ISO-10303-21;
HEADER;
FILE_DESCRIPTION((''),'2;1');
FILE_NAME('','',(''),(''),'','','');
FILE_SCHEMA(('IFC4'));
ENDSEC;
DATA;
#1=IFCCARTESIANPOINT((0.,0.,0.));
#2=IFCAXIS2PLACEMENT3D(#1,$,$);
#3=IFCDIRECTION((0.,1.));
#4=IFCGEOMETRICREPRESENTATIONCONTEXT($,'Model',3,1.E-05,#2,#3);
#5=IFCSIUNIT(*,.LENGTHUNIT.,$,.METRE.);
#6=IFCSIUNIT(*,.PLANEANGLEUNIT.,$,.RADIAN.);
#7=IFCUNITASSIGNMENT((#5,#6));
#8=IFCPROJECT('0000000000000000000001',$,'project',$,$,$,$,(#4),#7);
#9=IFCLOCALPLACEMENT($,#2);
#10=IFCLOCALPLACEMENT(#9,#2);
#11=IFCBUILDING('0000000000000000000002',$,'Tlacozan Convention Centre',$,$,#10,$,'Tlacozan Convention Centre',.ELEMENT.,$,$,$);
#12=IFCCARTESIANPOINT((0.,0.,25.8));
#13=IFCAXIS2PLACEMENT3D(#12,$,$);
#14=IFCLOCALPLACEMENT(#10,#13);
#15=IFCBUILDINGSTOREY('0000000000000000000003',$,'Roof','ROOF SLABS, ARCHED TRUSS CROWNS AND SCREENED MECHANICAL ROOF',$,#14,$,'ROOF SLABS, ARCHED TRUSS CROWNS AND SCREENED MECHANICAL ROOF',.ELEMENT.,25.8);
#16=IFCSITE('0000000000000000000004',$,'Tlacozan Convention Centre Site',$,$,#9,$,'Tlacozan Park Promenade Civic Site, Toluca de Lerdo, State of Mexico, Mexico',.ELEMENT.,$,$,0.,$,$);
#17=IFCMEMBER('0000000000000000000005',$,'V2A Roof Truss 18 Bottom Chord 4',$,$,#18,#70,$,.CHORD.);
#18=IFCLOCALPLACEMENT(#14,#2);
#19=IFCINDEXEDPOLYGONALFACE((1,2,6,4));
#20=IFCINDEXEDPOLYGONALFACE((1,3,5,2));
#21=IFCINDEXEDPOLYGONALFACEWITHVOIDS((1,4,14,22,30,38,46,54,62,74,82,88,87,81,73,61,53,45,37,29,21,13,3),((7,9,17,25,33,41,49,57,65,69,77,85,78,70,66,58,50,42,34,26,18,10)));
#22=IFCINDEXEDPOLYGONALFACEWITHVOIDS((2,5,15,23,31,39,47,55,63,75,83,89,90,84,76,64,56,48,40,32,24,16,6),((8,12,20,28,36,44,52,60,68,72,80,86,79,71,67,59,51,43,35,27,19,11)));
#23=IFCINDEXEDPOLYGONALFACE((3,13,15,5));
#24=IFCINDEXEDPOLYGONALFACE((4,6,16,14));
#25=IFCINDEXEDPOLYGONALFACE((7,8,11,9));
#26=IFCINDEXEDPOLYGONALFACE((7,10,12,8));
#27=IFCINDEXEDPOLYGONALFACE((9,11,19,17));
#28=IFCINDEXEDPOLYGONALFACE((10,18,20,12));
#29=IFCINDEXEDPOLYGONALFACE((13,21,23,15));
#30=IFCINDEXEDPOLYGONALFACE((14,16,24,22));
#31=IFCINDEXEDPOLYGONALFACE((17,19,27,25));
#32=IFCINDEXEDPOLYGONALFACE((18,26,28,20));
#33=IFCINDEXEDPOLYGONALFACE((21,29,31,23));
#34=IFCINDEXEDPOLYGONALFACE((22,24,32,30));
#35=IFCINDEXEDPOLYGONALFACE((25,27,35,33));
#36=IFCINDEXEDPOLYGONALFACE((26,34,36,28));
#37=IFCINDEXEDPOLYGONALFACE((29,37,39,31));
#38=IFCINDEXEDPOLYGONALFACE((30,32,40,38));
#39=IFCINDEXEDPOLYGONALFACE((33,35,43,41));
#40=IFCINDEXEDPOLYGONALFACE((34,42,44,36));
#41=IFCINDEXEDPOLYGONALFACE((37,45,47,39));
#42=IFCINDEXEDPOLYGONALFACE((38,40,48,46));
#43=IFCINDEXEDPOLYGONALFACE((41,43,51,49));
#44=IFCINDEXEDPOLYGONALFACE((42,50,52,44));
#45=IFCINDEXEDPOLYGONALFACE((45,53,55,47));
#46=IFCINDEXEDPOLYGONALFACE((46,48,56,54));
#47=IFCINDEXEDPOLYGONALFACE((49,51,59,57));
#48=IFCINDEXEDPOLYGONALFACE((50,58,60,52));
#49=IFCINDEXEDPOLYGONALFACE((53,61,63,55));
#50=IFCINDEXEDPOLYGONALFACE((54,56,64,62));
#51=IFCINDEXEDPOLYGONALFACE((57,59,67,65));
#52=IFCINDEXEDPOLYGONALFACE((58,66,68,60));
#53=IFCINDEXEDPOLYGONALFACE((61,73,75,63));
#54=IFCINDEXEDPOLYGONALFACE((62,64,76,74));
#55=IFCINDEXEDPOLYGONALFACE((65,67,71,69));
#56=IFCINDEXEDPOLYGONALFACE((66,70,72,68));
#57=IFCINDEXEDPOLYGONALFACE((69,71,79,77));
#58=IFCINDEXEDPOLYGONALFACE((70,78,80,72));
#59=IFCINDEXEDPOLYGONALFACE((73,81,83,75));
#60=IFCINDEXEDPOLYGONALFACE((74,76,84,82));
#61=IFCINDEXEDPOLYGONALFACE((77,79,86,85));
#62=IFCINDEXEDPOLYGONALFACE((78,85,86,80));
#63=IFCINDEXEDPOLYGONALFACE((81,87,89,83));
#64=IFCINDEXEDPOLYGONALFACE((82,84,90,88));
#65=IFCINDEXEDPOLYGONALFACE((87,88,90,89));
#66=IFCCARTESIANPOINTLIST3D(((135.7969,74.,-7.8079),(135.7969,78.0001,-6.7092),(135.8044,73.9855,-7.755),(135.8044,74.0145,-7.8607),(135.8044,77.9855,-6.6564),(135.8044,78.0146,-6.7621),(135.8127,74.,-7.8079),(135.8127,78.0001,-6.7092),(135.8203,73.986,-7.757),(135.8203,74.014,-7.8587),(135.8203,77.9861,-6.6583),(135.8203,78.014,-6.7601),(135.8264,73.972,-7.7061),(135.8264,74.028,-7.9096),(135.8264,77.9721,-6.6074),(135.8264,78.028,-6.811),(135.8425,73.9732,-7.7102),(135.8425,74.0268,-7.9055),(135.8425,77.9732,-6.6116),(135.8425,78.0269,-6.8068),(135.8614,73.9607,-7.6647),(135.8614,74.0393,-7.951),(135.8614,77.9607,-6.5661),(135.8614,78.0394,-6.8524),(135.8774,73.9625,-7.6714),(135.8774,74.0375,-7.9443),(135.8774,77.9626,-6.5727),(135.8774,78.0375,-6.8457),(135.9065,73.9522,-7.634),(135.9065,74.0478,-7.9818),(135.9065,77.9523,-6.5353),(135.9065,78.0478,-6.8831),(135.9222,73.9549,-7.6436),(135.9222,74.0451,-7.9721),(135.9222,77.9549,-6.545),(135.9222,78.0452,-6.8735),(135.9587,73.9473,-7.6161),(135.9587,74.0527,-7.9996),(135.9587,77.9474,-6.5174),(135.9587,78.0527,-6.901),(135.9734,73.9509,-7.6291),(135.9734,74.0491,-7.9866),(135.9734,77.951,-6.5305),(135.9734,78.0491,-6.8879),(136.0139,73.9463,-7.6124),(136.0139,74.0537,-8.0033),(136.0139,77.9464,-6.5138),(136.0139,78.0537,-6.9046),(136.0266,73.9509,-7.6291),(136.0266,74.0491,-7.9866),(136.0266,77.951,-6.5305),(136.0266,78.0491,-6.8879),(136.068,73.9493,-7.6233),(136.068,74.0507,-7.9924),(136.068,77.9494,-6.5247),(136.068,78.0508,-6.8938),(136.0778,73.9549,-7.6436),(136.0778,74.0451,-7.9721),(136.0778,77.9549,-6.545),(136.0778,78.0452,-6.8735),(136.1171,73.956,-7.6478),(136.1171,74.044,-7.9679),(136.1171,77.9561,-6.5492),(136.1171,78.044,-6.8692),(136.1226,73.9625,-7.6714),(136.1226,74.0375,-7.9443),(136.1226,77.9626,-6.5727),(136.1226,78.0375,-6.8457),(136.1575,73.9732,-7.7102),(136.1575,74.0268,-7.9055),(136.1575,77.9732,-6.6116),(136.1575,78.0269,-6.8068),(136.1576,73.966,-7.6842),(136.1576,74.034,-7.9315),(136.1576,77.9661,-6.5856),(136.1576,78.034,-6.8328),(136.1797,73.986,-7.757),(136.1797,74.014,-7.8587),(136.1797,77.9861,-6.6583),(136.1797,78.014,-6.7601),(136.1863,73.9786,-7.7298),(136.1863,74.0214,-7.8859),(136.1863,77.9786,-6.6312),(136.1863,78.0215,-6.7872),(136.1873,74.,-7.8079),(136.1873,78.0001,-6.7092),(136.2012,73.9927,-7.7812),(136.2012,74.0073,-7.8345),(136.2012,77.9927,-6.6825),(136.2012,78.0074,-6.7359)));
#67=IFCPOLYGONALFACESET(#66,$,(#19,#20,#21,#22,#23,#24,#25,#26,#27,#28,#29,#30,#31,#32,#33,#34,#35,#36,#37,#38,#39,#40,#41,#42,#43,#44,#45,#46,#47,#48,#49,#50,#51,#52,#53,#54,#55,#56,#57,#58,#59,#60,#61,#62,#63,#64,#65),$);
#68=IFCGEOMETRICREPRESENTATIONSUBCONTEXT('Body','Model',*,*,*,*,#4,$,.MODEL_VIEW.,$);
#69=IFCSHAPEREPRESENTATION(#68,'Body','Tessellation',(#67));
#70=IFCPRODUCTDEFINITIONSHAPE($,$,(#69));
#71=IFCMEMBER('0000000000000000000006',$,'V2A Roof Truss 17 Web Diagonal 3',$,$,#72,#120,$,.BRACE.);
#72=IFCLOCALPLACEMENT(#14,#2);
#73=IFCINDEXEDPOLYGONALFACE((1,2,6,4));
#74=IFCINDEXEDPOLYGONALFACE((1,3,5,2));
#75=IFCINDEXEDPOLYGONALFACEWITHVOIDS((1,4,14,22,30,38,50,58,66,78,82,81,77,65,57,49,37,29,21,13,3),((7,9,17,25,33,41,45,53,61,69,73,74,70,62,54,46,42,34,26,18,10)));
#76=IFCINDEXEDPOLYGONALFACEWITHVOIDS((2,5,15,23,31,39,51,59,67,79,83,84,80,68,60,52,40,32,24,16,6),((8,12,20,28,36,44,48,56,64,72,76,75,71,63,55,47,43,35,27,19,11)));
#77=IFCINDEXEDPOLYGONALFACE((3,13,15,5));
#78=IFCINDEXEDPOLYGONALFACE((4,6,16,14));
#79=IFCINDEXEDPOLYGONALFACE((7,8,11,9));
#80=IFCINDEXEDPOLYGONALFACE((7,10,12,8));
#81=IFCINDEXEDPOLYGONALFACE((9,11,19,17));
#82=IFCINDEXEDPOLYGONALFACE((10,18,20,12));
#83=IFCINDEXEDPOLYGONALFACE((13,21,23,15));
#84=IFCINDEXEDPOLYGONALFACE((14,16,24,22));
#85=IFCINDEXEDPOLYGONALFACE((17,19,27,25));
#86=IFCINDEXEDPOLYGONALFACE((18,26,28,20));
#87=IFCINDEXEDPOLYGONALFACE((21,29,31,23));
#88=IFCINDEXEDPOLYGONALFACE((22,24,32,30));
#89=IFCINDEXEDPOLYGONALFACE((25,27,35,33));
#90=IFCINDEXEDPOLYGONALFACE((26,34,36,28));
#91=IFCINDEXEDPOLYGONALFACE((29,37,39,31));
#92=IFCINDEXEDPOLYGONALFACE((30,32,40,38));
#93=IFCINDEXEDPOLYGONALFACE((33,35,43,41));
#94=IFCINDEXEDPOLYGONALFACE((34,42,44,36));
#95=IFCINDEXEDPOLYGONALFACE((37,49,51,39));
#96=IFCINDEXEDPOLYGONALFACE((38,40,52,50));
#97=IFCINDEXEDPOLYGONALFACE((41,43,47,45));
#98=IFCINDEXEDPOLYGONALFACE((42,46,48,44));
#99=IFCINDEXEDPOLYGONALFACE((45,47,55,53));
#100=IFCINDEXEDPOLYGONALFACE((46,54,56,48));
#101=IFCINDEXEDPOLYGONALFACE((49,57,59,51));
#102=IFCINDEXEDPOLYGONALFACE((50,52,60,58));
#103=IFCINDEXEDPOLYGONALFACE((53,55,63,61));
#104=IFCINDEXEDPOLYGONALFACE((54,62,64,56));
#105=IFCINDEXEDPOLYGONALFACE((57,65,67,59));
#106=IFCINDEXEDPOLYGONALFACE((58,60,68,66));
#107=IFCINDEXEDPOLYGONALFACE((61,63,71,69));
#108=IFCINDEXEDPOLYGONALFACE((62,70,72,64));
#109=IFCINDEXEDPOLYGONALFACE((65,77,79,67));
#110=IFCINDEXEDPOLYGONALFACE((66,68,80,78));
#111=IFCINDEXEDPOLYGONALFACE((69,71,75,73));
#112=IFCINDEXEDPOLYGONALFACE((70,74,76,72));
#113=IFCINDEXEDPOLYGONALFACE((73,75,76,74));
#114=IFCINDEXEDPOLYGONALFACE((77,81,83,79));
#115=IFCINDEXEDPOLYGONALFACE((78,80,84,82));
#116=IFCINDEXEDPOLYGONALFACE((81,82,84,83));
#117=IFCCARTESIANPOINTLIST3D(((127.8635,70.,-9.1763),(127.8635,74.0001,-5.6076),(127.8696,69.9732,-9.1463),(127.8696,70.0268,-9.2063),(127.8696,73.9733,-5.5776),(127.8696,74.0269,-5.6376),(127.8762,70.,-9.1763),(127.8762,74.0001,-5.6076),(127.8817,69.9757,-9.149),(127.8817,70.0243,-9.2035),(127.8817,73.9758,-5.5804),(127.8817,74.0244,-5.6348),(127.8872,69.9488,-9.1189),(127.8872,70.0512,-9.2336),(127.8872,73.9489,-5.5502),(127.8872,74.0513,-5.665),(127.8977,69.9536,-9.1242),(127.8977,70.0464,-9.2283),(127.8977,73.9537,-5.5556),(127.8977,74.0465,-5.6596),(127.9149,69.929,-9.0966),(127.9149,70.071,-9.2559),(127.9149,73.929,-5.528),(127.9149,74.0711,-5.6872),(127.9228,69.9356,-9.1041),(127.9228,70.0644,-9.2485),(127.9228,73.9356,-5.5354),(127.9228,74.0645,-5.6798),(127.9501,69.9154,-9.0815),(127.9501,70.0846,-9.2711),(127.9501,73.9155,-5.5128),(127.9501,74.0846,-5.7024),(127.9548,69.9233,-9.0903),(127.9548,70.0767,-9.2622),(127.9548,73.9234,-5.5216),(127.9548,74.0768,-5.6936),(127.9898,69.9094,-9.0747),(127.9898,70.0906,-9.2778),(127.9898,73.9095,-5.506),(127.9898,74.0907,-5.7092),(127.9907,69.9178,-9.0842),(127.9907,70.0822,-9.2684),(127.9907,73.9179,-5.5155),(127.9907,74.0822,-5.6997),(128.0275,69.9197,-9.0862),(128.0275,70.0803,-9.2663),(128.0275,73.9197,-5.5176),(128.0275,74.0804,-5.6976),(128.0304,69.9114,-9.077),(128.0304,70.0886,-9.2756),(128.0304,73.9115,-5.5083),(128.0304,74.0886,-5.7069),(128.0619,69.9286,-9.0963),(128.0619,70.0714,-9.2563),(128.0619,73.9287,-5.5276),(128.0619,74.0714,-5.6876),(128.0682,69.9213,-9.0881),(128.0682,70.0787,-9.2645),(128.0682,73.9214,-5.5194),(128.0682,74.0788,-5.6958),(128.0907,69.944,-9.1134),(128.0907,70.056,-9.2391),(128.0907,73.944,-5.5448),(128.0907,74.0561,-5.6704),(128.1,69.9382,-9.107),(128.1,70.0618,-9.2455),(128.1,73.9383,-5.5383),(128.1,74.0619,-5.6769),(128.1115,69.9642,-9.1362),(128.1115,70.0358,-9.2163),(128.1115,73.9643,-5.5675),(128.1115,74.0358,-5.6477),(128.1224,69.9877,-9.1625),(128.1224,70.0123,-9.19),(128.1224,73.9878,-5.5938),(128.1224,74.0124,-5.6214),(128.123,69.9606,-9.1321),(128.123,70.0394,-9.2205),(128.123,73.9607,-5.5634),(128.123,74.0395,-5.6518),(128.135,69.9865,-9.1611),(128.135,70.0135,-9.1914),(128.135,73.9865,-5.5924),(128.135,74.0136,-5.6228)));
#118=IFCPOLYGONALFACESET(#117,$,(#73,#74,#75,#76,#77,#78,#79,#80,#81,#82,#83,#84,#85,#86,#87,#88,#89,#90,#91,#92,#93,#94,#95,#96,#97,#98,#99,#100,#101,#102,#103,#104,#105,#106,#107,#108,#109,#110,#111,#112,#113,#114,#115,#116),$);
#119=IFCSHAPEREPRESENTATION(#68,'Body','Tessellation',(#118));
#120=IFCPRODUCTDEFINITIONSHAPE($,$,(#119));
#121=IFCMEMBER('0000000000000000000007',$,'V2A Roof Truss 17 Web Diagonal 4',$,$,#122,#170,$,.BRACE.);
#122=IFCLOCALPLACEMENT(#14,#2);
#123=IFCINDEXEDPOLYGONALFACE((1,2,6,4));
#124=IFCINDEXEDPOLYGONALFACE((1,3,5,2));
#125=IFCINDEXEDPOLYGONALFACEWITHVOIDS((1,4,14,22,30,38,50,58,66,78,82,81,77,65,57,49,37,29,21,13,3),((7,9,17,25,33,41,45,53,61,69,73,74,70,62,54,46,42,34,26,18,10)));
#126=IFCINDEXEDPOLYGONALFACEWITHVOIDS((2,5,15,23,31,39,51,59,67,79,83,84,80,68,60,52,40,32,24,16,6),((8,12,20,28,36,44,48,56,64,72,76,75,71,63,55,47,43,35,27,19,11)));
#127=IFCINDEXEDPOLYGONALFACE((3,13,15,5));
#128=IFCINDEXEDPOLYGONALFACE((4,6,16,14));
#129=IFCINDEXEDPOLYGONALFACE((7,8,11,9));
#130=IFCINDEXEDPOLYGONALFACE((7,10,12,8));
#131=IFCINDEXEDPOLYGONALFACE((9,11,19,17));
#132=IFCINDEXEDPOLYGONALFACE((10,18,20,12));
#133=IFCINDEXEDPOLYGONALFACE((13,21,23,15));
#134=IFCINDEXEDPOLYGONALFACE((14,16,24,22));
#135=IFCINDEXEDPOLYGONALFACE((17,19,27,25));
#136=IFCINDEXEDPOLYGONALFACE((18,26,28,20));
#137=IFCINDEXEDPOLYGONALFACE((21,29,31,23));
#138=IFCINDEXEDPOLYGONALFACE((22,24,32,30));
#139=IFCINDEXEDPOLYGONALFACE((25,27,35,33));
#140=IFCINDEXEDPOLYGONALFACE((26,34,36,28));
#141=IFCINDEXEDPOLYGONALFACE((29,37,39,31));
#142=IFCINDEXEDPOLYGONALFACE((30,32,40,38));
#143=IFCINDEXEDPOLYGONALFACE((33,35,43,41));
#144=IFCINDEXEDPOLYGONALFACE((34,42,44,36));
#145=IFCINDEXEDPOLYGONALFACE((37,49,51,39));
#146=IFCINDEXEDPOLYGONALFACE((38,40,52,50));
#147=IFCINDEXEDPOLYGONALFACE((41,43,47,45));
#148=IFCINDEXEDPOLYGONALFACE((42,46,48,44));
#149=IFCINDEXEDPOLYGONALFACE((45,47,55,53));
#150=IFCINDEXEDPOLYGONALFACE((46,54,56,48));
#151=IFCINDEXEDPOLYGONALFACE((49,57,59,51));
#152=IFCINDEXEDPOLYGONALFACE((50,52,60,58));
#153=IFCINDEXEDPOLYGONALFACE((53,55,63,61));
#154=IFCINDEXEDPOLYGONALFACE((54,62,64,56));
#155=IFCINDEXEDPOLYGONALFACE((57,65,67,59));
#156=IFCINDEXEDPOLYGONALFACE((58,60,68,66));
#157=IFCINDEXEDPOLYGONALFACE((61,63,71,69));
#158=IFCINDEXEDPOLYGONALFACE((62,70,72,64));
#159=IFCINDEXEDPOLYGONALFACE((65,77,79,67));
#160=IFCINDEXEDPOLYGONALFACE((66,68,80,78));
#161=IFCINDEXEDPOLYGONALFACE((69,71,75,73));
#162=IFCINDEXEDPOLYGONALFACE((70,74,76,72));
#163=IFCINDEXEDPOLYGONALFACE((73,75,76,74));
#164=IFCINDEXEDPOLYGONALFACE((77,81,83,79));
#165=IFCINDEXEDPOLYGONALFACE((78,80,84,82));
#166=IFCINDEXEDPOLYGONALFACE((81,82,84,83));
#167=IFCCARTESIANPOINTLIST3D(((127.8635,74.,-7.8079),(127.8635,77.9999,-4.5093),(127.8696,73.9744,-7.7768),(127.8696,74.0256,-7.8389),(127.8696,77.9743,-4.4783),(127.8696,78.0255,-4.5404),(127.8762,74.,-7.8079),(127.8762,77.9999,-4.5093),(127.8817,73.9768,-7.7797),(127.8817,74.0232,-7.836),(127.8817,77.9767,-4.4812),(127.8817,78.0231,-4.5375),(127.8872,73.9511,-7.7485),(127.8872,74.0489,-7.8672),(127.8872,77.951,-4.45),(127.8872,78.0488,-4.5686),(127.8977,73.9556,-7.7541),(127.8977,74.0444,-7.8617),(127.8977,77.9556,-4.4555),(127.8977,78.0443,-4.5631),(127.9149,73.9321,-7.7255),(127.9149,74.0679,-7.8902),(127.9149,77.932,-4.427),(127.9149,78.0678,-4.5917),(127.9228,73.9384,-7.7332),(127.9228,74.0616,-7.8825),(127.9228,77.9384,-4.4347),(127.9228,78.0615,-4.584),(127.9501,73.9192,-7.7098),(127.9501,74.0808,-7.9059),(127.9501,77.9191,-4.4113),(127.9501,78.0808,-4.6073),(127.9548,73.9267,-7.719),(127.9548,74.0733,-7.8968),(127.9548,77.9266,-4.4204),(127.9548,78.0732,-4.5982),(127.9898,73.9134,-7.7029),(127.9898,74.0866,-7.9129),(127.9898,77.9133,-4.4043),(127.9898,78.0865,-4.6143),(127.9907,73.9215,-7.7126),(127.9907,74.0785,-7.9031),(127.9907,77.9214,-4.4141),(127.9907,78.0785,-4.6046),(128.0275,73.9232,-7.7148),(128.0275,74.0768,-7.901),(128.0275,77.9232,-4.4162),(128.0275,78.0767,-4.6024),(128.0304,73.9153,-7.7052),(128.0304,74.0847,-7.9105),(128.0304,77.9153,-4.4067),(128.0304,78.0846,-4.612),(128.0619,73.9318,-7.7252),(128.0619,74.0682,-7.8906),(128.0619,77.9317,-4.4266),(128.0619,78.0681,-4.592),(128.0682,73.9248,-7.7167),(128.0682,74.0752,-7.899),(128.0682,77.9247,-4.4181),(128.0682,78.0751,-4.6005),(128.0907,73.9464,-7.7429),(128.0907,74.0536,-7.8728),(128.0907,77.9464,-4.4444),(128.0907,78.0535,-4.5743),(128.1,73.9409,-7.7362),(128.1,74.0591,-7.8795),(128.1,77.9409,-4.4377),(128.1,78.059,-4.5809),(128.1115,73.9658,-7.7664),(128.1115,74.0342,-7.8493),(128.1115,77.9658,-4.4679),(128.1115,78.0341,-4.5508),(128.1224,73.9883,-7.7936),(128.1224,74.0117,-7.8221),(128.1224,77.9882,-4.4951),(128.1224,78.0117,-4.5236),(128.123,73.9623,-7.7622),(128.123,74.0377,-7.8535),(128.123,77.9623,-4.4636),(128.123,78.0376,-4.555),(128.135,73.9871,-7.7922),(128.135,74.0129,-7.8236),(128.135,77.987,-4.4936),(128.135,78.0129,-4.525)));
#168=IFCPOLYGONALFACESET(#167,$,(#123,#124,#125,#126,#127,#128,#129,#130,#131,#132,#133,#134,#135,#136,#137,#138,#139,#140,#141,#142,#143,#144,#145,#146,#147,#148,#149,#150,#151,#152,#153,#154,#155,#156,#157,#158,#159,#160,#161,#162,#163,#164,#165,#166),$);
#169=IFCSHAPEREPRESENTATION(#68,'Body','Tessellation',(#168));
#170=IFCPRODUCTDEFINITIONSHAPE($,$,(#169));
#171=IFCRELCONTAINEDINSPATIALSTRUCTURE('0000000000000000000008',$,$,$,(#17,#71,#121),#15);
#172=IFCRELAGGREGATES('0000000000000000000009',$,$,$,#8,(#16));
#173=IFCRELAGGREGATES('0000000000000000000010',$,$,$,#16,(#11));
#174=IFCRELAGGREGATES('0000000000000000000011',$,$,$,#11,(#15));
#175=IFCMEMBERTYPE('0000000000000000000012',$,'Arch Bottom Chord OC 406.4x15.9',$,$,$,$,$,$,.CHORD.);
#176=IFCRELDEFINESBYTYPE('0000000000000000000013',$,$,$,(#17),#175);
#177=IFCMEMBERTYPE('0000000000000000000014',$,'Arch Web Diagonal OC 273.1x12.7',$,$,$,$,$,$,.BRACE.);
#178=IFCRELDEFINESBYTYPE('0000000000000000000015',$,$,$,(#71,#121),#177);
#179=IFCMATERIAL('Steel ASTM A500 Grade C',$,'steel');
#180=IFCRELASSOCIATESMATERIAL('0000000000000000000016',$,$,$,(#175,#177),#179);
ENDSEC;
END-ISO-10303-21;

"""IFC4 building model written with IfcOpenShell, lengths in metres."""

from ifc_helpers import new_model, si_unit, direction, frame, origin, origin_2d, place, context, subcontext, project, spatial, hollow_circle, extrude, material, material_profile, profile_set, type_object, element, save


model = new_model("IFC4")

# Units and contexts
model_context = context("Model", 3, precision=1e-05, world=origin(), true_north=direction((0.0, 1.0)))
body_context = subcontext(model_context, "Body", "Model", "MODEL_VIEW")
ifc_project = project(units=[si_unit("LENGTHUNIT", "METRE"), si_unit("PLANEANGLEUNIT", "RADIAN")], contexts=[model_context])

# Site, building, storey
site_placement = place(None, origin())
site = spatial("IfcSite", under=ifc_project, at=site_placement, Name="Tlacozan Convention Centre Site", LongName="Tlacozan Park Promenade Civic Site, Toluca de Lerdo, State of Mexico, Mexico", CompositionType="ELEMENT", RefElevation=0.0)
building_placement = place(site_placement, origin())
building = spatial("IfcBuilding", under=site, at=building_placement, Name="Tlacozan Convention Centre", LongName="Tlacozan Convention Centre", CompositionType="ELEMENT")
storey_placement = place(building_placement, frame((0.0, 0.0, 25.8)))
storey = spatial("IfcBuildingStorey", under=building, at=storey_placement, Name="Roof", Description="ROOF SLABS, ARCHED TRUSS CROWNS AND SCREENED MECHANICAL ROOF", LongName="ROOF SLABS, ARCHED TRUSS CROWNS AND SCREENED MECHANICAL ROOF", CompositionType="ELEMENT", Elevation=25.8)

# Members
ifc_material_1 = material(Name="Steel ASTM A500 Grade C", Category="steel")
ifc_material_profile_1 = material_profile(ifc_material_1, hollow_circle(Radius=0.2031, WallThickness=0.0159, at=origin_2d()), Name="OC 406.4x15.9")
ifc_profile_set_1 = profile_set([ifc_material_profile_1], Name="Steel ASTM A500 Grade C")
member_type_1 = type_object("IfcMemberType", Name="Arch Bottom Chord OC 406.4x15.9", PredefinedType="CHORD", material=ifc_profile_set_1)
member_1_placement = place(storey_placement, frame((136.0, 74.0, -7.8079), z_axis=(0.0, 0.96429, 0.26485), x_axis=(-1.0, 0.0, 0.0)))
element("IfcMember", 1, at=member_1_placement, inside=storey, type_object=member_type_1, Name="V2A Roof Truss 18 Bottom Chord 4", PredefinedType="CHORD", context=body_context, shape_type="SweptSolid", body=[
    extrude(hollow_circle(Radius=0.2031, WallThickness=0.0159, at=origin_2d()), origin(), (0.0, 0.0, 1.0), 4.1482),
])
ifc_material_profile_2 = material_profile(ifc_material_1, hollow_circle(Radius=0.1365, WallThickness=0.0127, at=origin_2d()), Name="OC 273.1x12.7")
ifc_profile_set_2 = profile_set([ifc_material_profile_2], Name="Steel ASTM A500 Grade C")
member_type_2 = type_object("IfcMemberType", Name="Arch Web Diagonal OC 273.1x12.7", PredefinedType="BRACE", material=ifc_profile_set_2)
member_2_placement = place(storey_placement, frame((128.0, 70.0, -9.1763), z_axis=(0.0, 0.746199, 0.665722), x_axis=(-1.0, 0.0, 0.0)))
element("IfcMember", 2, at=member_2_placement, inside=storey, type_object=member_type_2, Name="V2A Roof Truss 17 Web Diagonal 3", PredefinedType="BRACE", context=body_context, shape_type="SweptSolid", body=[
    extrude(hollow_circle(Radius=0.1365, WallThickness=0.0127, at=origin_2d()), origin(), (0.0, 0.0, 1.0), 5.3606),
])
member_3_placement = place(storey_placement, frame((128.0, 74.0, -7.8079), z_axis=(0.0, 0.771507, 0.63622), x_axis=(-1.0, 0.0, 0.0)))
element("IfcMember", 3, at=member_3_placement, inside=storey, type_object=member_type_2, Name="V2A Roof Truss 17 Web Diagonal 4", PredefinedType="BRACE", context=body_context, shape_type="SweptSolid", body=[
    extrude(hollow_circle(Radius=0.1365, WallThickness=0.0127, at=origin_2d()), origin(), (0.0, 0.0, 1.0), 5.1846),
])

save(model, "model.ifc")
